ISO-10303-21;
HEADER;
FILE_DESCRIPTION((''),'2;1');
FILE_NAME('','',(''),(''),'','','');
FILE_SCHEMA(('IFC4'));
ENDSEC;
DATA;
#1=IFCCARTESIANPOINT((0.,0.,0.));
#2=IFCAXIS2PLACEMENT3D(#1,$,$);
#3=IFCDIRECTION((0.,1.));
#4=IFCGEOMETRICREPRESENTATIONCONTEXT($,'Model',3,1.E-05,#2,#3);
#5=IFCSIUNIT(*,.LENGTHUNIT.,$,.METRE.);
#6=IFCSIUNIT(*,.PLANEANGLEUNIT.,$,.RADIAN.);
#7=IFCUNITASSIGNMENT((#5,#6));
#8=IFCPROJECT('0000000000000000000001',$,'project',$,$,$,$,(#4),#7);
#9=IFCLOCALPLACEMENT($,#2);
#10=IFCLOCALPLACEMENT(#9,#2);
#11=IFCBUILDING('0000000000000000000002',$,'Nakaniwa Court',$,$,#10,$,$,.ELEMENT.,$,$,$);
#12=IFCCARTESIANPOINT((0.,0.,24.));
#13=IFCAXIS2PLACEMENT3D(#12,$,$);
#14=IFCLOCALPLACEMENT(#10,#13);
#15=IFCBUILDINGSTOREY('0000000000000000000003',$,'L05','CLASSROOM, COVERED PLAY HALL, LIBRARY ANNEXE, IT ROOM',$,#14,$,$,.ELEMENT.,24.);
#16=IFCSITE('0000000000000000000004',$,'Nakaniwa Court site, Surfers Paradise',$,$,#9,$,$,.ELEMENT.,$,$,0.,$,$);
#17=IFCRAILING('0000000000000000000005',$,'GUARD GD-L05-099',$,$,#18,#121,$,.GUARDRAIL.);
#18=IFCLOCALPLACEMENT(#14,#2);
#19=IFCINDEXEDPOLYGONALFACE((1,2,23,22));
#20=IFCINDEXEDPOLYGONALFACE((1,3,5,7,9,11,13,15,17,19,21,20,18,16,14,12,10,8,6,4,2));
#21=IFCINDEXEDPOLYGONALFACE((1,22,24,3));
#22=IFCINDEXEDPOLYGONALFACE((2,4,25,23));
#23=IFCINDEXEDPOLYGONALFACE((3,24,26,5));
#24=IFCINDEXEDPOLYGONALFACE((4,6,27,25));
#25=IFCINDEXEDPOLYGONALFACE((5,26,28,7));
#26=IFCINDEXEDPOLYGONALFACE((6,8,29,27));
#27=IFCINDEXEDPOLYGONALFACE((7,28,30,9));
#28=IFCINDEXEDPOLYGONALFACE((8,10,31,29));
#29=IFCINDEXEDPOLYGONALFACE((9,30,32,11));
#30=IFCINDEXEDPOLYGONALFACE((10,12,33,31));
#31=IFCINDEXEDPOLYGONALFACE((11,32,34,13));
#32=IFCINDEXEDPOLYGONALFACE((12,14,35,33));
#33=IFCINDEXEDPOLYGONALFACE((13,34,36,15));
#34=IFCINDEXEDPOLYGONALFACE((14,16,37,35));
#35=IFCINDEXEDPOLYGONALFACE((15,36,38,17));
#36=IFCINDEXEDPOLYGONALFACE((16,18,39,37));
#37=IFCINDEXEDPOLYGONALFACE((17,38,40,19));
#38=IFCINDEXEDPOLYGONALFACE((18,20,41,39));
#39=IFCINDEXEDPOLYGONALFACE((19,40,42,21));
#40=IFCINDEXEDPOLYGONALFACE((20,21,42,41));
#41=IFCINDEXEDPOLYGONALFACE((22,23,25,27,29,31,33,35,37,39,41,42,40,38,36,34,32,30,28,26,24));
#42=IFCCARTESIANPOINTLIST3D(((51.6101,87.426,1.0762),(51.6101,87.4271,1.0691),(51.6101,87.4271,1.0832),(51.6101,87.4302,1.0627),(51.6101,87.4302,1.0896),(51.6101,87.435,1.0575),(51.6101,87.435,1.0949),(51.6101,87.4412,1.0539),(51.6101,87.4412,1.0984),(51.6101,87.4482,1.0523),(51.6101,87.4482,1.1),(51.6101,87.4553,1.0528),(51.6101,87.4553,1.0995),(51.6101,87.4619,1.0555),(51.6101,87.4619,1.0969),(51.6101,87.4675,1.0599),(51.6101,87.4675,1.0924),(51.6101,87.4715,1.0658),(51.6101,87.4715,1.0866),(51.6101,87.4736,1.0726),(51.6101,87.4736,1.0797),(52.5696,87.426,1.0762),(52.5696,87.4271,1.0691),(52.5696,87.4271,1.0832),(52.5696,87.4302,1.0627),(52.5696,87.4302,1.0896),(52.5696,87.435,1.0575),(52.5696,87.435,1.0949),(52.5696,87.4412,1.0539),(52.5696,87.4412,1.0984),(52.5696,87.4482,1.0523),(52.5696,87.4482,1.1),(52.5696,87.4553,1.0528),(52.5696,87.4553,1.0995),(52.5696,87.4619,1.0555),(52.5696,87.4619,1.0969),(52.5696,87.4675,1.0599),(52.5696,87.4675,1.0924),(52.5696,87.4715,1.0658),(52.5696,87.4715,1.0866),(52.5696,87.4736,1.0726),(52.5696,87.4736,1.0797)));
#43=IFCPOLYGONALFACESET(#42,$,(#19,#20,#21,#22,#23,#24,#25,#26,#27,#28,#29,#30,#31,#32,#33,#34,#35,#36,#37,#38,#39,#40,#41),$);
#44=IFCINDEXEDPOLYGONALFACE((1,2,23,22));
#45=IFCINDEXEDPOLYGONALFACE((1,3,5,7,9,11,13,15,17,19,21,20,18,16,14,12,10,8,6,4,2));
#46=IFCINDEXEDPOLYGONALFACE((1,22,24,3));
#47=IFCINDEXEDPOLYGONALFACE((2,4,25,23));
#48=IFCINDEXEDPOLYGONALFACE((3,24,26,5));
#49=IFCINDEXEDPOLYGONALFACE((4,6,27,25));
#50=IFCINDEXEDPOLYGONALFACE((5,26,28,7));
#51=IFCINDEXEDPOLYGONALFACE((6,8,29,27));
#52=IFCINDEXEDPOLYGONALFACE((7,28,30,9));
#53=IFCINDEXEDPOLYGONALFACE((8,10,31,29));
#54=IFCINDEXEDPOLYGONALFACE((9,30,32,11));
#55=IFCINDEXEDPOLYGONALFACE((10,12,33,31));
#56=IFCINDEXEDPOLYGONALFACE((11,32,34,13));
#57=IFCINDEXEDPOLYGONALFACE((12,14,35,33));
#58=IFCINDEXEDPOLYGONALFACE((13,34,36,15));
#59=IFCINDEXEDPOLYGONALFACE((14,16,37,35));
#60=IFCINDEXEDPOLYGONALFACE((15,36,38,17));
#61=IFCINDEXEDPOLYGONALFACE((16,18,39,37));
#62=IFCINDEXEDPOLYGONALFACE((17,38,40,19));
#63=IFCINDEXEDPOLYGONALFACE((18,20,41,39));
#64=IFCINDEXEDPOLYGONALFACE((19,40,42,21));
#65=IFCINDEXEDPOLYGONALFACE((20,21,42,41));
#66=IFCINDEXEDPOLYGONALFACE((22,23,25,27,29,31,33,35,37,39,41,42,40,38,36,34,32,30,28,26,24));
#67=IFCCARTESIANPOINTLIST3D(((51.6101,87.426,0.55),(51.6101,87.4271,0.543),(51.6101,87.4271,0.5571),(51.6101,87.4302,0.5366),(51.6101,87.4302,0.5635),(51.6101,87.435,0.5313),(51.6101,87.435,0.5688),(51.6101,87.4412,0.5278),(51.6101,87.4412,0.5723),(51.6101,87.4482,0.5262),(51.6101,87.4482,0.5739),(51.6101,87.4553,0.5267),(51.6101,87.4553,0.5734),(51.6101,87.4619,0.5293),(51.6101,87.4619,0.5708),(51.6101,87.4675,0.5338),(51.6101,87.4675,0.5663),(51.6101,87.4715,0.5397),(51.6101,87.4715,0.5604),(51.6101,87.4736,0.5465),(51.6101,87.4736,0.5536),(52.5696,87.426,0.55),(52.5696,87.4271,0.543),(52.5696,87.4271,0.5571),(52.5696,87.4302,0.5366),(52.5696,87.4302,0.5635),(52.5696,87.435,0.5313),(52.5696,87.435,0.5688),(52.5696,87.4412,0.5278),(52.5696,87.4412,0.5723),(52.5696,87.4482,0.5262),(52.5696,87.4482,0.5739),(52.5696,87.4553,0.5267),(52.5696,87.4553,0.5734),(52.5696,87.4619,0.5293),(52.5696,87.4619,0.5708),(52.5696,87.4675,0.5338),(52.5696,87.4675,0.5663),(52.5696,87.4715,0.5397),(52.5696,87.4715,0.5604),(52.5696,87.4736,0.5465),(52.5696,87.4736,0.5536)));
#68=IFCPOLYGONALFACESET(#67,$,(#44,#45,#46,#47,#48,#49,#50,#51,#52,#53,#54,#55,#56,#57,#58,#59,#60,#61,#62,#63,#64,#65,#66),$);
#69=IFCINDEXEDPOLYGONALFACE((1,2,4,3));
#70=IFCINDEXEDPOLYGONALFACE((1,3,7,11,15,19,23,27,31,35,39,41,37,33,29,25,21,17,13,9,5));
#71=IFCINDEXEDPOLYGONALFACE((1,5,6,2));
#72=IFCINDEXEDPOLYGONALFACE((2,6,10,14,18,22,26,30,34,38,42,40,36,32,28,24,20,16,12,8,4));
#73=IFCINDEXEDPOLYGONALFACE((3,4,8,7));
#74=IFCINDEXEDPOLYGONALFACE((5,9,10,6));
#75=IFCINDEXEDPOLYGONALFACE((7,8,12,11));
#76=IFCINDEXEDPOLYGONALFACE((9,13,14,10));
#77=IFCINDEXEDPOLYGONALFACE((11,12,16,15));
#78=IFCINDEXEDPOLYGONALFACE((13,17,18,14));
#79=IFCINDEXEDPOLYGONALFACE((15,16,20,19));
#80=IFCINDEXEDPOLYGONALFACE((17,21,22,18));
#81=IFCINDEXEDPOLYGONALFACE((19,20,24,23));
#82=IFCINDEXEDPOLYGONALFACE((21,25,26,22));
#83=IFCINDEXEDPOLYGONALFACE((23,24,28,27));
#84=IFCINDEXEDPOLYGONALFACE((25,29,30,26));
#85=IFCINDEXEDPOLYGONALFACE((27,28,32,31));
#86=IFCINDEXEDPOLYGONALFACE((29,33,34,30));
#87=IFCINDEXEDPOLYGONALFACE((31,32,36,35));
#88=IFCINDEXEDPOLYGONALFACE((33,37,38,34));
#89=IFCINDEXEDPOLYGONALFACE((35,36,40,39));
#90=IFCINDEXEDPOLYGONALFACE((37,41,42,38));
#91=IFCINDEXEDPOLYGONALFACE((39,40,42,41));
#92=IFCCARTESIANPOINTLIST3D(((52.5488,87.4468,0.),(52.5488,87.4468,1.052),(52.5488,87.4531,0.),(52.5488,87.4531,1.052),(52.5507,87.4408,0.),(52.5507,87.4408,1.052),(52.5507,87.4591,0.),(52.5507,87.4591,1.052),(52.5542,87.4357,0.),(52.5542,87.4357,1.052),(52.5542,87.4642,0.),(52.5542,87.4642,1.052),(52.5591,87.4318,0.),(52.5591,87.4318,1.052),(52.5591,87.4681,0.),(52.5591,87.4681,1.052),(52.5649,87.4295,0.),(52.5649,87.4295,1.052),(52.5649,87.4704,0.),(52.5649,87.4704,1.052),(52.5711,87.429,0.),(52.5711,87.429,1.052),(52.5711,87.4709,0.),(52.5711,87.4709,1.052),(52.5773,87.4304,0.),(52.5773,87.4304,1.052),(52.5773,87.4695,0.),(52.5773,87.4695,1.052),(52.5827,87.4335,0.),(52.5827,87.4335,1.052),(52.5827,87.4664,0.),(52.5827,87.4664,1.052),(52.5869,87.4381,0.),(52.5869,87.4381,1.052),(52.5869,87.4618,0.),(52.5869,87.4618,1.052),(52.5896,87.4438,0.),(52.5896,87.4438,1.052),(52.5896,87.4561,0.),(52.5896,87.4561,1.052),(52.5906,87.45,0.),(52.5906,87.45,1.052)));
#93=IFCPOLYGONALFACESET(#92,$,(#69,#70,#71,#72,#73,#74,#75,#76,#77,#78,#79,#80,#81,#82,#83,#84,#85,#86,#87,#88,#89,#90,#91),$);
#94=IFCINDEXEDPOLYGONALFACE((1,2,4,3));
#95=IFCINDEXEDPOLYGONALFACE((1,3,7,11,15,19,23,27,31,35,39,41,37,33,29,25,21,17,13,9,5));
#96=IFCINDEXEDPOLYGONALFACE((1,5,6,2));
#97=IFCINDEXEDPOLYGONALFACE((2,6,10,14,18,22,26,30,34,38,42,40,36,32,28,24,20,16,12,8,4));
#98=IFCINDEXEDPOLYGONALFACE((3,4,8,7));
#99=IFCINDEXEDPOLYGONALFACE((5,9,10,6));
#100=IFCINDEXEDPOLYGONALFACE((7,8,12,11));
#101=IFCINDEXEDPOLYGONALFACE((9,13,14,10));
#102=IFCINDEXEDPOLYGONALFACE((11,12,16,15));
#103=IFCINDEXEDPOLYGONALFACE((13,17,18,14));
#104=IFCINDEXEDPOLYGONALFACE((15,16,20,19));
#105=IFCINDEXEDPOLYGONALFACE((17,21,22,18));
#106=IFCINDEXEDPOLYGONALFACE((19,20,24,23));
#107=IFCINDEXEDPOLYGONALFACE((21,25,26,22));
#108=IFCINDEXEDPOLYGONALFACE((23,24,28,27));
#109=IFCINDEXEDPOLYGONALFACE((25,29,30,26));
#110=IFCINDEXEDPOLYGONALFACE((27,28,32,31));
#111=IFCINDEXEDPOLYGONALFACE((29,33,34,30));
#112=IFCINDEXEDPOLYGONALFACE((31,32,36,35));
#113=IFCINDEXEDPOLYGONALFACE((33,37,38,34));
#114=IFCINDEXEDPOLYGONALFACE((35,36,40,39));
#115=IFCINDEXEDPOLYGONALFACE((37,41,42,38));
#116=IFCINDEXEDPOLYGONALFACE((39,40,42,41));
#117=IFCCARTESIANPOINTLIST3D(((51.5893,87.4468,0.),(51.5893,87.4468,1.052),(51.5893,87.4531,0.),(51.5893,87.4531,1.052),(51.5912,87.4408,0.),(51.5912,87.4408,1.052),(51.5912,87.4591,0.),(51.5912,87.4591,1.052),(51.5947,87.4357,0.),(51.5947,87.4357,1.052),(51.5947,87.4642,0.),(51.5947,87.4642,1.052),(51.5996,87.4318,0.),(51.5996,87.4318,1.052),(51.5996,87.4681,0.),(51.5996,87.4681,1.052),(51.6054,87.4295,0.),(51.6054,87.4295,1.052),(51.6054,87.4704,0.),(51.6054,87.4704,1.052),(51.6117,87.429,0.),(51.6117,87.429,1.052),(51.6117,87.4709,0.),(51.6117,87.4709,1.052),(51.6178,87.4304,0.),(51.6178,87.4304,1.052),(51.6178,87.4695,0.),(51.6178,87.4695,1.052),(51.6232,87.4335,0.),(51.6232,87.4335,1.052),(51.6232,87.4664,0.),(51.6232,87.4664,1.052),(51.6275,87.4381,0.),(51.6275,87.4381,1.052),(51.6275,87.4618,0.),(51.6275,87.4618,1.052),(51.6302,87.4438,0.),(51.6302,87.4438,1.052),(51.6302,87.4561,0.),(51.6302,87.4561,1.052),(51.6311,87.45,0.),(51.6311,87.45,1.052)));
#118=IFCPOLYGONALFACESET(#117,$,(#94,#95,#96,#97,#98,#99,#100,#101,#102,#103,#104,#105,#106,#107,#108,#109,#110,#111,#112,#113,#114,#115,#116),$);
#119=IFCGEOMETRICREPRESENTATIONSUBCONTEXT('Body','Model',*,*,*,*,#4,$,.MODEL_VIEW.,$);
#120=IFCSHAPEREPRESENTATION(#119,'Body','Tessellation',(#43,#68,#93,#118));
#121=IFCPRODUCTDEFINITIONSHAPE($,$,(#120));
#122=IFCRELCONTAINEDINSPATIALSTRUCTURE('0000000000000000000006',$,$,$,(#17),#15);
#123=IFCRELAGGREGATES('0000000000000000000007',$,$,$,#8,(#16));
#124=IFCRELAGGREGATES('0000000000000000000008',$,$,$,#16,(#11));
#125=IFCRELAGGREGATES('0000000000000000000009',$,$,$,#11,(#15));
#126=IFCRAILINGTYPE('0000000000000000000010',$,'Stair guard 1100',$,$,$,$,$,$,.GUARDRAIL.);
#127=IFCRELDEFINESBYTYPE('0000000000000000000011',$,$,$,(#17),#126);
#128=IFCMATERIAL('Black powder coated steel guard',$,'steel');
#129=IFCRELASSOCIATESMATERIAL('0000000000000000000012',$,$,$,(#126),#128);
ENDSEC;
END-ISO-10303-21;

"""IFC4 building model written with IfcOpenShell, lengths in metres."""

from ifc_helpers import new_model, si_unit, direction, frame, origin, origin_2d, place, context, subcontext, project, spatial, circle, extrude, material, type_object, element, save


model = new_model("IFC4")

# Units and contexts
model_context = context("Model", 3, precision=1e-05, world=origin(), true_north=direction((0.0, 1.0)))
body_context = subcontext(model_context, "Body", "Model", "MODEL_VIEW")
ifc_project = project(units=[si_unit("LENGTHUNIT", "METRE"), si_unit("PLANEANGLEUNIT", "RADIAN")], contexts=[model_context])

# Site, building, storey
site_placement = place(None, origin())
site = spatial("IfcSite", under=ifc_project, at=site_placement, Name="Nakaniwa Court site, Surfers Paradise", CompositionType="ELEMENT", RefElevation=0.0)
building_placement = place(site_placement, origin())
building = spatial("IfcBuilding", under=site, at=building_placement, Name="Nakaniwa Court", CompositionType="ELEMENT")
storey_placement = place(building_placement, frame((0.0, 0.0, 24.0)))
storey = spatial("IfcBuildingStorey", under=building, at=storey_placement, Name="L05", Description="CLASSROOM, COVERED PLAY HALL, LIBRARY ANNEXE, IT ROOM", CompositionType="ELEMENT", Elevation=24.0)

# Railing
ifc_material_1 = material(Name="Black powder coated steel guard", Category="steel")
railing_type = type_object("IfcRailingType", Name="Stair guard 1100", PredefinedType="GUARDRAIL", material=ifc_material_1)
railing_1_placement = place(storey_placement, frame((52.5696, 87.45, 0.0)))
element("IfcRailing", 1, at=railing_1_placement, inside=storey, type_object=railing_type, Name="GUARD GD-L05-099", PredefinedType="GUARDRAIL", context=body_context, shape_type="SweptSolid", body=[
    extrude(circle(Radius=0.0239, at=origin_2d()), frame((0.0, 0.0, 1.0762), z_axis=(-1.0, 0.0, 0.0), x_axis=(0.0, -1.0, 0.0)), (0.0, 0.0, 1.0), 0.9595),
    extrude(circle(Radius=0.0239, at=origin_2d()), frame((0.0, 0.0, 0.55), z_axis=(-1.0, 0.0, 0.0), x_axis=(0.0, -1.0, 0.0)), (0.0, 0.0, 1.0), 0.9595),
    extrude(circle(Radius=0.021, at=origin_2d()), origin(), (0.0, 0.0, 1.0), 1.052),
    extrude(circle(Radius=0.021, at=origin_2d()), frame((-0.9595, 0.0, 0.0)), (0.0, 0.0, 1.0), 1.052),
])

save(model, "model.ifc")
